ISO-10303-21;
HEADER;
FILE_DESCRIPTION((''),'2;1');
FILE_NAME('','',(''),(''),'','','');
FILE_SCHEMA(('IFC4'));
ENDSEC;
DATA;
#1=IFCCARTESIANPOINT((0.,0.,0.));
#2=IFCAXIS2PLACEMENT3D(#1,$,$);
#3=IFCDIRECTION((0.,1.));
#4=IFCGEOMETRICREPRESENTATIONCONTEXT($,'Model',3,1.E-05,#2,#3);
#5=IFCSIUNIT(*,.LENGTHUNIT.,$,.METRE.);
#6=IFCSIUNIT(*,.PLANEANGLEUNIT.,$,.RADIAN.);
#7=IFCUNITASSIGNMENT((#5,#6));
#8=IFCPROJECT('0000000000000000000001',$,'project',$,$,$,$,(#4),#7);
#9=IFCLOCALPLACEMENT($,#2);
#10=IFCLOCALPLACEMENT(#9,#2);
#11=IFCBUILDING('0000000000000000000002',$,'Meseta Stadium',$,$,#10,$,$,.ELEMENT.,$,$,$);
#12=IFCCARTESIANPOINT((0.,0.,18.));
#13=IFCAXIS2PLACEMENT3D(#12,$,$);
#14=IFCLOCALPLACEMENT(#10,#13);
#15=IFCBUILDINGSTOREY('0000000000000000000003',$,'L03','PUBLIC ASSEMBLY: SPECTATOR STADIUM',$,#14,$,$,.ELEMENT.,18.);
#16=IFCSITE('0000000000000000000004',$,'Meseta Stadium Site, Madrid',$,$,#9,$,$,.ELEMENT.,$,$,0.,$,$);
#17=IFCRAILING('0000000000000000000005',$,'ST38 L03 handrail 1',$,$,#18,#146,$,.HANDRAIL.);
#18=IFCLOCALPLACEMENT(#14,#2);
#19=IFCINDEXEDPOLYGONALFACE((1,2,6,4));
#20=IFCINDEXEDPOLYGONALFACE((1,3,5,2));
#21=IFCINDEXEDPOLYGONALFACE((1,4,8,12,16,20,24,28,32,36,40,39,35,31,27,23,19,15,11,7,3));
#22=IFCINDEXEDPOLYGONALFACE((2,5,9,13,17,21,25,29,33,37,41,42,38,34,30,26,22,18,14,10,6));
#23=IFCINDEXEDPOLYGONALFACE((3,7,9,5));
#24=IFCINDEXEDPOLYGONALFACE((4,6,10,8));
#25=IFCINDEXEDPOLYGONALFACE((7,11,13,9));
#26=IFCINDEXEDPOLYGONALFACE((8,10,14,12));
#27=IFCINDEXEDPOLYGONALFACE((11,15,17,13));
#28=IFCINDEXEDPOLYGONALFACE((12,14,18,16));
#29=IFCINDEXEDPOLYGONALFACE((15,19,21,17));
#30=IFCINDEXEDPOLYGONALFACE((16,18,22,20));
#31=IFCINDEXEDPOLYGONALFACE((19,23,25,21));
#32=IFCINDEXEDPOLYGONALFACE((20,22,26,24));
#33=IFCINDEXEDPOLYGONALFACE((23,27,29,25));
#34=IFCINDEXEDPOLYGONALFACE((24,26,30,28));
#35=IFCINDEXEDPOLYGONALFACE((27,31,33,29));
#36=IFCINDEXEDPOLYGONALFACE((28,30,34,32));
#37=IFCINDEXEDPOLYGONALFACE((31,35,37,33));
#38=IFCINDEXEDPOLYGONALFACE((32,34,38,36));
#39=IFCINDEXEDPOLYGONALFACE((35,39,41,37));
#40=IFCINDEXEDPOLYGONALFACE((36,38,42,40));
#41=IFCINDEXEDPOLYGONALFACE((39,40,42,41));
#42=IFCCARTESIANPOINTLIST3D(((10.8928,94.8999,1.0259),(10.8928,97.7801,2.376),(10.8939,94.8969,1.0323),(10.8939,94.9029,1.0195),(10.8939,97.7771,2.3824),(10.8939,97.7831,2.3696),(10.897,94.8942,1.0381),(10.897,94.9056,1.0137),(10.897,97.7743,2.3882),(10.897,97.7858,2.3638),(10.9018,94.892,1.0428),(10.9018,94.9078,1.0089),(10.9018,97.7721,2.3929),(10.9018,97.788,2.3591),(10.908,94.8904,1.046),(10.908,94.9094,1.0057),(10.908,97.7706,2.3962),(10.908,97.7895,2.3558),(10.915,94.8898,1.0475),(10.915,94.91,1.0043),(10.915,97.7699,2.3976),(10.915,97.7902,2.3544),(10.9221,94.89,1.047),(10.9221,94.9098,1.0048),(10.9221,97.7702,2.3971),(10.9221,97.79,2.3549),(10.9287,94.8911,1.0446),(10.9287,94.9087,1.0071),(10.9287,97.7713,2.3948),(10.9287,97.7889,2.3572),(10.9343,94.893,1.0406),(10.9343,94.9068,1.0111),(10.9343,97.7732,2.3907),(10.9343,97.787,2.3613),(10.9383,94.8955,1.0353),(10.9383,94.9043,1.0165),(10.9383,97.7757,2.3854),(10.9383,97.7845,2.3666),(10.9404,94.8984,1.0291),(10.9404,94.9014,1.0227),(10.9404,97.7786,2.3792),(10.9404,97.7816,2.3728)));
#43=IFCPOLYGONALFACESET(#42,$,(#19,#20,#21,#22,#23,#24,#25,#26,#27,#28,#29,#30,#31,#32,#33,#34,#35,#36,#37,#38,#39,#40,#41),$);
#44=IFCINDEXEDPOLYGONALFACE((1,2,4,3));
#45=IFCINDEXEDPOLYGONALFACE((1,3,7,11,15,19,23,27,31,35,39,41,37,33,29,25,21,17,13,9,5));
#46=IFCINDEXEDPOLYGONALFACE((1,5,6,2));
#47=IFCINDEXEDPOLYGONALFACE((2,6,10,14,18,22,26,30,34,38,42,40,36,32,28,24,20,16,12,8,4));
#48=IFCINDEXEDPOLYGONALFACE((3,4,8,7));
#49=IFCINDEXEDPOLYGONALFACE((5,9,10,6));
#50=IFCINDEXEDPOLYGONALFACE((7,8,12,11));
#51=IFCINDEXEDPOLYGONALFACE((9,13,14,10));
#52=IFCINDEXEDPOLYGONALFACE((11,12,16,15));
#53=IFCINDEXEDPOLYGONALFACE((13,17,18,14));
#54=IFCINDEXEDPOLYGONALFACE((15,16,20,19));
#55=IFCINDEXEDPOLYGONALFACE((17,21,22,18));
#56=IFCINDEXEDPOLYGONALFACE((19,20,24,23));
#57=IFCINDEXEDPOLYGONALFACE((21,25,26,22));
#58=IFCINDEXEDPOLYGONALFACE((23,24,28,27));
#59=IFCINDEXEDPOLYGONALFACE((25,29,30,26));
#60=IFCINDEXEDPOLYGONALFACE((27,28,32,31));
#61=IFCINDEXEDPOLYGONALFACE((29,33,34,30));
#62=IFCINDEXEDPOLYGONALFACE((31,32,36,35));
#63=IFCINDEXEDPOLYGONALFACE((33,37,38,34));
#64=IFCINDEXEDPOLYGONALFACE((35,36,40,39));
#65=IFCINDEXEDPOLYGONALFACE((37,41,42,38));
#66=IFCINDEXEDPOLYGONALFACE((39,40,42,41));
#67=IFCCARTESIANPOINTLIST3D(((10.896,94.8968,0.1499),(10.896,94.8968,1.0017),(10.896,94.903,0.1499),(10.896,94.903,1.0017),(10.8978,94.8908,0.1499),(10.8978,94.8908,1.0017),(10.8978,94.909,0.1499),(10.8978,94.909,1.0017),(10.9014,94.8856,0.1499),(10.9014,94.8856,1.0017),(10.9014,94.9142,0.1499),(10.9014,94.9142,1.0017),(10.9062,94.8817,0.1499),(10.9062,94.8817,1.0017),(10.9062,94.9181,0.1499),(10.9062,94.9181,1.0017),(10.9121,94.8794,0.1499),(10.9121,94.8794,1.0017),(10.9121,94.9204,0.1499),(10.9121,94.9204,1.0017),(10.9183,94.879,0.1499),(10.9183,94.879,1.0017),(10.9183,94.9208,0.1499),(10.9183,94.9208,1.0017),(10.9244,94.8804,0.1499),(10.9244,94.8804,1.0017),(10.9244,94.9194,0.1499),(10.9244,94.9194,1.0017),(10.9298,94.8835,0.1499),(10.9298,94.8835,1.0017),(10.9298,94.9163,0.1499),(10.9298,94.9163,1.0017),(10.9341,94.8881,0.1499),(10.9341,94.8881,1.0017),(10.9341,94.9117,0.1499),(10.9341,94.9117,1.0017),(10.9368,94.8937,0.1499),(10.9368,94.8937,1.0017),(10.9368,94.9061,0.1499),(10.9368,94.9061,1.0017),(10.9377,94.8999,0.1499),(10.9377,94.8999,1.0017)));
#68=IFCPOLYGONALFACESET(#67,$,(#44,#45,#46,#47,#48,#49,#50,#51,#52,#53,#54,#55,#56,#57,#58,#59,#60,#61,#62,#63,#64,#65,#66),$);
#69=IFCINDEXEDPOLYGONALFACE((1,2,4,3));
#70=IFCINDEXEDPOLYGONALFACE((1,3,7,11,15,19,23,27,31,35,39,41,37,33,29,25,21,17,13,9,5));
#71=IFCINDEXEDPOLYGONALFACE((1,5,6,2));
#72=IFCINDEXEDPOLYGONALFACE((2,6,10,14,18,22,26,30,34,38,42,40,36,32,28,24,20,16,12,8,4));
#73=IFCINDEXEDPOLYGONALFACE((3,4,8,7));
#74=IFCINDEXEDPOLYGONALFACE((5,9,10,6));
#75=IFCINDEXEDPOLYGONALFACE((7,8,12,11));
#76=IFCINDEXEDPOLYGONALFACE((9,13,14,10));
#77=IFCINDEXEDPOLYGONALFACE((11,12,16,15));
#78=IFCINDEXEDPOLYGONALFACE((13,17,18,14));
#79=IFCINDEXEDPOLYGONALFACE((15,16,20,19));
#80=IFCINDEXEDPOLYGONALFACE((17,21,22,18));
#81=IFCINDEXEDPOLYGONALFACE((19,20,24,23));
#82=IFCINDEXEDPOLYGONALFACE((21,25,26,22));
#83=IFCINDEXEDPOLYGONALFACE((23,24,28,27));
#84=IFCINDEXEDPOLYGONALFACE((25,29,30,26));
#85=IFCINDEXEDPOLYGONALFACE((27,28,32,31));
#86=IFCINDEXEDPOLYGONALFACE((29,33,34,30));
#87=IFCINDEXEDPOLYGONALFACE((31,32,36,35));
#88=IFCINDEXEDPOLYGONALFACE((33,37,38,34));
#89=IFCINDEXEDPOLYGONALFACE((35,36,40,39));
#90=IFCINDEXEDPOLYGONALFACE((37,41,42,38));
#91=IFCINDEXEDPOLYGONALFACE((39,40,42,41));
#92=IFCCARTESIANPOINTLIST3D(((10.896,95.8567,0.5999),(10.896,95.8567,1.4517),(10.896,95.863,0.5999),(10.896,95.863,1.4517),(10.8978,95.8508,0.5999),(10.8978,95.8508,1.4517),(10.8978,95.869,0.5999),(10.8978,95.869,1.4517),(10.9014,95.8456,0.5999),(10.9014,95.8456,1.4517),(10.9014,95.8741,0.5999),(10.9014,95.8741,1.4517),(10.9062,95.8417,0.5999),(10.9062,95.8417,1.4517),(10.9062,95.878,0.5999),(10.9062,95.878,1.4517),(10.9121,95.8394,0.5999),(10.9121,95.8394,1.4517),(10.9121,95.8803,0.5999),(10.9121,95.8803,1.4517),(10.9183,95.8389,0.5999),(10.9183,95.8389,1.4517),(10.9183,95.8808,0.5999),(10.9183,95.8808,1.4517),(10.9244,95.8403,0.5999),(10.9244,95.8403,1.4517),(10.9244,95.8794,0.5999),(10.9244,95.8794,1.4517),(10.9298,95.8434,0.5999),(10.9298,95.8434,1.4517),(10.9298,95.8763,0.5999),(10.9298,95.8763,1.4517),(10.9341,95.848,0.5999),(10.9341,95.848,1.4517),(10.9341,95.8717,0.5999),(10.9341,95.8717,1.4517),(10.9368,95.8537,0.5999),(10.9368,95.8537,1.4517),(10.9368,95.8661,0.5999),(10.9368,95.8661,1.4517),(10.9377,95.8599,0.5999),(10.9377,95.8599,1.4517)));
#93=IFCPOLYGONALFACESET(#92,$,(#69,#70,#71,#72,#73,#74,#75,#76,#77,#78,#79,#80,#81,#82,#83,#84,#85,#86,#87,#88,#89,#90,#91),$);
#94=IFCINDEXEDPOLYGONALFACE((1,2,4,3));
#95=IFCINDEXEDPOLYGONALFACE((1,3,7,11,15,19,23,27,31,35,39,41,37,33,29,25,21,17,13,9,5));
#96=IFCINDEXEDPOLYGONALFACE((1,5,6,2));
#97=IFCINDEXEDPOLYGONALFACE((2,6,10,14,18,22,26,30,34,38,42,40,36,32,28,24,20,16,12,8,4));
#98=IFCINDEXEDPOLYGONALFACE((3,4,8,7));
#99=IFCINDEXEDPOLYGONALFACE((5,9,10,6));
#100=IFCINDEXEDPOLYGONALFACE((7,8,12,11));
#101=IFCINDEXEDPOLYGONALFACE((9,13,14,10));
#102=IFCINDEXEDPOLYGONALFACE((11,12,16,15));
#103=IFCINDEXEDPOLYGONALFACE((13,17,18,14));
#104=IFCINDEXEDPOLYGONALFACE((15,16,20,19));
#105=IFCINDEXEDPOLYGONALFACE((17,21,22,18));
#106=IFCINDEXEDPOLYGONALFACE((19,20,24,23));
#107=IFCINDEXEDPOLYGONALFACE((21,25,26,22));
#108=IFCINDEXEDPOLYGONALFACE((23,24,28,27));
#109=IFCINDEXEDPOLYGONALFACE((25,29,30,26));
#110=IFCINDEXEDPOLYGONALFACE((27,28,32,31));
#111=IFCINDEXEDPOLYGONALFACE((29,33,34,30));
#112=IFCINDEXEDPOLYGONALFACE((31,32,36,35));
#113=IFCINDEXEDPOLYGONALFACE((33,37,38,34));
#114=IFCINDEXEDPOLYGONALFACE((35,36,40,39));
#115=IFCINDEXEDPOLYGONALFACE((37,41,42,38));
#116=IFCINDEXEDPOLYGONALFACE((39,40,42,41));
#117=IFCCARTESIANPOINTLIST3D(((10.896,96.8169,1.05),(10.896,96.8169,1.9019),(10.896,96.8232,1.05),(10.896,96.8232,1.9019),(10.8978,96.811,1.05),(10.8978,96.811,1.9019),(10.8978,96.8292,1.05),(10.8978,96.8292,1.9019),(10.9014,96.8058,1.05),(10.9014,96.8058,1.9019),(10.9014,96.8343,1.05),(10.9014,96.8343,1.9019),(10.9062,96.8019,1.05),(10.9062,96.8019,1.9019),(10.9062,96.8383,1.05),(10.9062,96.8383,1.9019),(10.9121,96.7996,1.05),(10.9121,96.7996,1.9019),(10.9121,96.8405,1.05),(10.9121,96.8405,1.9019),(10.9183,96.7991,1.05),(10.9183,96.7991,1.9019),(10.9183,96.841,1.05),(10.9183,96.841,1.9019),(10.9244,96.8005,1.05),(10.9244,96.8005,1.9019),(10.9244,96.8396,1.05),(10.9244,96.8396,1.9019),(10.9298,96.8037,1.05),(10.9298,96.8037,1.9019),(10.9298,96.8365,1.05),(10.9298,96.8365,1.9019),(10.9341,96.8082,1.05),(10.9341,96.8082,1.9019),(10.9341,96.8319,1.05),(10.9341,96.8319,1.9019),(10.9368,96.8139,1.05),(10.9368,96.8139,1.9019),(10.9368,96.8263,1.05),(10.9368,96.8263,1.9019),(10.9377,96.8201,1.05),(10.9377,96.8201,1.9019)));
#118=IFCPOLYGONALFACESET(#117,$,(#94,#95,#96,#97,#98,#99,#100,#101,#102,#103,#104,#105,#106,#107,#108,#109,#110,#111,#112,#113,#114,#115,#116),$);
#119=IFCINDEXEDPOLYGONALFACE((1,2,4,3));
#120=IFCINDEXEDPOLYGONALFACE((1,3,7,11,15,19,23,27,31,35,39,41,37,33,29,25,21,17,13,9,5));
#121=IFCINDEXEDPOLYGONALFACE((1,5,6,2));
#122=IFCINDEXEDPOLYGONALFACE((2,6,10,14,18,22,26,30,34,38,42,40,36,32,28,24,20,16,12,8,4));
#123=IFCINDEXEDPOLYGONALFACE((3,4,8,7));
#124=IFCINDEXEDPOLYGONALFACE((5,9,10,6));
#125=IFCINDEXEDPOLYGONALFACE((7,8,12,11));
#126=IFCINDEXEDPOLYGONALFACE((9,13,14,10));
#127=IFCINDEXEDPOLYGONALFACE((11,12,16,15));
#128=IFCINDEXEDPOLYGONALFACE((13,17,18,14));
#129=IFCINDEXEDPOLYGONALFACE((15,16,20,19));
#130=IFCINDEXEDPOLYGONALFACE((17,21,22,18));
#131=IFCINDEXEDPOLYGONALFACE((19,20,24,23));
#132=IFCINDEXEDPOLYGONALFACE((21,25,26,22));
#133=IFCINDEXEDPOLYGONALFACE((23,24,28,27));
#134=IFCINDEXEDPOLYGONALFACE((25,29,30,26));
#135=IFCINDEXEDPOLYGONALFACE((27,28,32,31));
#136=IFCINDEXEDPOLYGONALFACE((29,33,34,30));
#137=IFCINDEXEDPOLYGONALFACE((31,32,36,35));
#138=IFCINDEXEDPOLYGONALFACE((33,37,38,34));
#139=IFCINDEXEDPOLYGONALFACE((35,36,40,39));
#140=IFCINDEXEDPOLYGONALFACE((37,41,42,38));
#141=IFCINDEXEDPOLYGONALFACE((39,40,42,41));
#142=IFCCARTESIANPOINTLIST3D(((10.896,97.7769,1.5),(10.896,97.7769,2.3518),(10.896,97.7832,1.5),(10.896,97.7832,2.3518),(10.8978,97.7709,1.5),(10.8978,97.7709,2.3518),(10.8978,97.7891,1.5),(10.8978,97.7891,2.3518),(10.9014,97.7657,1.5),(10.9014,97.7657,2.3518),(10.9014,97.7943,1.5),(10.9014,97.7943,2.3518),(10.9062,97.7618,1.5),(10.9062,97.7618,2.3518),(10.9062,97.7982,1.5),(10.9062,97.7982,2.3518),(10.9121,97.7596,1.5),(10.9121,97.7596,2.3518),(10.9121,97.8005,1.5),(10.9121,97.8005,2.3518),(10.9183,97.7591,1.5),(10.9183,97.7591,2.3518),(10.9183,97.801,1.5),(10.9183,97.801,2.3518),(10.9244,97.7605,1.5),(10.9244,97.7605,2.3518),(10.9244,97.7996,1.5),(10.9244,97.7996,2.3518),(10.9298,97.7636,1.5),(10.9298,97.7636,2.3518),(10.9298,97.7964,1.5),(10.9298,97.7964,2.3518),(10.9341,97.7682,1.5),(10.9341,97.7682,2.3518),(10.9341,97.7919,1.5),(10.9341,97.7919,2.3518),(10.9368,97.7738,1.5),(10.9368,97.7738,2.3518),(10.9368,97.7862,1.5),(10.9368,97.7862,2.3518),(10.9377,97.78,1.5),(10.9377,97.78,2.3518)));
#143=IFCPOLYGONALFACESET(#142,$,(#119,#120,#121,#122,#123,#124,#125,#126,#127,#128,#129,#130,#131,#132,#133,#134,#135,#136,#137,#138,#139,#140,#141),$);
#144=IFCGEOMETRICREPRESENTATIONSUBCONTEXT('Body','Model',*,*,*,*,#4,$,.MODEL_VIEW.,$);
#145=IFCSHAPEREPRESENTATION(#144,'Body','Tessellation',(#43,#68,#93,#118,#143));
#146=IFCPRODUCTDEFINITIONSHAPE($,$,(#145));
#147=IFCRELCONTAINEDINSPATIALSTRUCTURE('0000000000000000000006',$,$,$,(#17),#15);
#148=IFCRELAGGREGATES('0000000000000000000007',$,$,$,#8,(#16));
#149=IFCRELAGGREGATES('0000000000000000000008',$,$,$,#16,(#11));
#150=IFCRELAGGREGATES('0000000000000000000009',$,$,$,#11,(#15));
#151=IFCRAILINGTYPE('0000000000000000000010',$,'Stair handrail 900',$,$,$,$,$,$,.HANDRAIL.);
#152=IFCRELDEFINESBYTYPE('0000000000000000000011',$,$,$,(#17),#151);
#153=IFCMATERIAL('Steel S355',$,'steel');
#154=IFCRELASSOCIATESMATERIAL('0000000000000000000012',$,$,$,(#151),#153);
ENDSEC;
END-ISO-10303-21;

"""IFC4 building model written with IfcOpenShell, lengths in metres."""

from ifc_helpers import new_model, si_unit, direction, frame, origin, origin_2d, place, context, subcontext, project, spatial, circle, extrude, material, type_object, element, save


model = new_model("IFC4")

# Units and contexts
model_context = context("Model", 3, precision=1e-05, world=origin(), true_north=direction((0.0, 1.0)))
body_context = subcontext(model_context, "Body", "Model", "MODEL_VIEW")
ifc_project = project(units=[si_unit("LENGTHUNIT", "METRE"), si_unit("PLANEANGLEUNIT", "RADIAN")], contexts=[model_context])

# Site, building, storey
site_placement = place(None, origin())
site = spatial("IfcSite", under=ifc_project, at=site_placement, Name="Meseta Stadium Site, Madrid", CompositionType="ELEMENT", RefElevation=0.0)
building_placement = place(site_placement, origin())
building = spatial("IfcBuilding", under=site, at=building_placement, Name="Meseta Stadium", CompositionType="ELEMENT")
storey_placement = place(building_placement, frame((0.0, 0.0, 18.0)))
storey = spatial("IfcBuildingStorey", under=building, at=storey_placement, Name="L03", Description="PUBLIC ASSEMBLY: SPECTATOR STADIUM", CompositionType="ELEMENT", Elevation=18.0)

# Railing
ifc_material_1 = material(Name="Steel S355", Category="steel")
railing_type_1 = type_object("IfcRailingType", Name="Stair handrail 900", PredefinedType="HANDRAIL", material=ifc_material_1)
for number, where, name in (
    (1, (10.9167, 94.8999, 0.1499), "ST38 L03 handrail 1"),
):
    element("IfcRailing", number, at=place(storey_placement, frame(where)), inside=storey, type_object=railing_type_1, Name=name, PredefinedType="HANDRAIL", context=body_context, shape_type="SweptSolid", body=[
        extrude(circle(Radius=0.0239, at=origin_2d()), frame((0.0, 0.0, 0.876), z_axis=(0.0, 0.905454, 0.424444), x_axis=(-1.0, 0.0, 0.0)), (0.0, 0.0, 1.0), 3.1809),
        extrude(circle(Radius=0.021, at=origin_2d()), origin(), (0.0, 0.0, 1.0), 0.8518),
        extrude(circle(Radius=0.021, at=origin_2d()), frame((0.0, 0.96, 0.45)), (0.0, 0.0, 1.0), 0.8518),
        extrude(circle(Radius=0.021, at=origin_2d()), frame((0.0, 1.9202, 0.9001)), (0.0, 0.0, 1.0), 0.8518),
        extrude(circle(Radius=0.021, at=origin_2d()), frame((0.0, 2.8801, 1.3501)), (0.0, 0.0, 1.0), 0.8518),
    ])

save(model, "model.ifc")
